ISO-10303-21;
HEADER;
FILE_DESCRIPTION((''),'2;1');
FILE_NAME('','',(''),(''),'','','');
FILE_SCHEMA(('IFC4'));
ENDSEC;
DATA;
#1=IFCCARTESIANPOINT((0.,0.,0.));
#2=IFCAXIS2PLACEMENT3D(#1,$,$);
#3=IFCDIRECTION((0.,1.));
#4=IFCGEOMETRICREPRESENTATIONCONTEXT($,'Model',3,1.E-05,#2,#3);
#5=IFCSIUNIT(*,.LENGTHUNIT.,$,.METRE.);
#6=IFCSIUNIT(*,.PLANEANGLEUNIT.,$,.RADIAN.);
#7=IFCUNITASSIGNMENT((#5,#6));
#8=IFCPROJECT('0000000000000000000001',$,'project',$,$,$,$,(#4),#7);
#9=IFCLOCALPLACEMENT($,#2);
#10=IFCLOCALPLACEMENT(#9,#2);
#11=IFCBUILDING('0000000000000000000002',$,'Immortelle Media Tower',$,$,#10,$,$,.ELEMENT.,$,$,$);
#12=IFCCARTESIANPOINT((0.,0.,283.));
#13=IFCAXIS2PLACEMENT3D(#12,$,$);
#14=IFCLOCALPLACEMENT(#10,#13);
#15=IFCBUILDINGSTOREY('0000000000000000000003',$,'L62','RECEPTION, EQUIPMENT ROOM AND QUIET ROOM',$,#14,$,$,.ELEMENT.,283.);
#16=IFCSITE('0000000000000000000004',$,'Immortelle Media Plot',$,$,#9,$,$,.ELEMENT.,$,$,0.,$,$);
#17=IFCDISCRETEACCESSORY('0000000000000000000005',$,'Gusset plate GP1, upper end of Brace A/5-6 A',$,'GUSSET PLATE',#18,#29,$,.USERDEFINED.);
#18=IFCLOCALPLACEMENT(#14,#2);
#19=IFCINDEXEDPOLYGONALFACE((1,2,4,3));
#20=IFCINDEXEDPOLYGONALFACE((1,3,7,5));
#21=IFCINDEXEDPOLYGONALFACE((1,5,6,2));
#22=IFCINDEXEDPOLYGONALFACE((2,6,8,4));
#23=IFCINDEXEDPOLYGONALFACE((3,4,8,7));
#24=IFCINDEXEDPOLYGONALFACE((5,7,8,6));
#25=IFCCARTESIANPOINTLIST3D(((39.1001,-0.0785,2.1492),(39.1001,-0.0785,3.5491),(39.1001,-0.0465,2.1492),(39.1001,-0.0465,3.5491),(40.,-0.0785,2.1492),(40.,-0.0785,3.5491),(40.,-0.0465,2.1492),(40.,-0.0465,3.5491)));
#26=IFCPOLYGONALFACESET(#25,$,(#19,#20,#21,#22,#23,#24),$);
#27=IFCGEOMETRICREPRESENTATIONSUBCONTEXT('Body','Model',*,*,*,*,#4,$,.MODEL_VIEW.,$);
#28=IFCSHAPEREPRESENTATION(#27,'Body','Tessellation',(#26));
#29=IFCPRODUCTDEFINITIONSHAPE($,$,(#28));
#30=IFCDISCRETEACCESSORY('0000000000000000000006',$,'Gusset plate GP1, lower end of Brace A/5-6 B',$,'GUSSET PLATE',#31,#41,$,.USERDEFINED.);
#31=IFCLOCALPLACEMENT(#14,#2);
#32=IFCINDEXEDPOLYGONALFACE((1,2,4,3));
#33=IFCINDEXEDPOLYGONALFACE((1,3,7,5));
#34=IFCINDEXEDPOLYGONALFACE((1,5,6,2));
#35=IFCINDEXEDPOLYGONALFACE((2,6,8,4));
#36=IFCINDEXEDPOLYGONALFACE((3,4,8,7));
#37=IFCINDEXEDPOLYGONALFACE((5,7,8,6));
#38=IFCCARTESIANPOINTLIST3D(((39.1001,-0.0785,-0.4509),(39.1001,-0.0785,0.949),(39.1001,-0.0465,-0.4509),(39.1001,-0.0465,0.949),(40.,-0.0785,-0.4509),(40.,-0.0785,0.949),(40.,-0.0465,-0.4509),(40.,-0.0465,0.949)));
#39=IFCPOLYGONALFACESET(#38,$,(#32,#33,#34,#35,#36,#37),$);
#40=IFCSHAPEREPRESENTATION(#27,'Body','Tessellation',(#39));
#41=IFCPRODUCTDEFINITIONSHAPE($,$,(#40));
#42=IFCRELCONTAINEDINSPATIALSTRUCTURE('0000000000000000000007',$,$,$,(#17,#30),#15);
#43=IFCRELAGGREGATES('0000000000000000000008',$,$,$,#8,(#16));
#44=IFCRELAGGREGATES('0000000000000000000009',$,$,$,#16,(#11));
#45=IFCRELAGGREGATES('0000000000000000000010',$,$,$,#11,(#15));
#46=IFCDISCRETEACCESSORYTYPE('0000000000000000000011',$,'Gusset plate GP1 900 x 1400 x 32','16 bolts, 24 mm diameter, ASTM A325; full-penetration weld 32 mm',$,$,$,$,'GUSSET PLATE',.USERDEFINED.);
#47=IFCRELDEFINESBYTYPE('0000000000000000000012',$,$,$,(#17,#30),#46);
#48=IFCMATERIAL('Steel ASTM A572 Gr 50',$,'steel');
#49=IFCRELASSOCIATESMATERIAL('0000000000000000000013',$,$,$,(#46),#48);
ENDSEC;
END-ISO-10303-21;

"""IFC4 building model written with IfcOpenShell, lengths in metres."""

from ifc_helpers import new_model, si_unit, direction, frame, origin, origin_2d, place, context, subcontext, project, spatial, rectangle, extrude, material, material_profile, profile_set, type_object, element, save


model = new_model("IFC4")

# Units and contexts
model_context = context("Model", 3, precision=1e-05, world=origin(), true_north=direction((0.0, 1.0)))
body_context = subcontext(model_context, "Body", "Model", "MODEL_VIEW")
ifc_project = project(units=[si_unit("LENGTHUNIT", "METRE"), si_unit("PLANEANGLEUNIT", "RADIAN")], contexts=[model_context])

# Site, building, storey
site_placement = place(None, origin())
site = spatial("IfcSite", under=ifc_project, at=site_placement, Name="Immortelle Media Plot", CompositionType="ELEMENT", RefElevation=0.0)
building_placement = place(site_placement, origin())
building = spatial("IfcBuilding", under=site, at=building_placement, Name="Immortelle Media Tower", CompositionType="ELEMENT")
storey_placement = place(building_placement, frame((0.0, 0.0, 283.0)))
storey = spatial("IfcBuildingStorey", under=building, at=storey_placement, Name="L62", Description="RECEPTION, EQUIPMENT ROOM AND QUIET ROOM", CompositionType="ELEMENT", Elevation=283.0)

# Discrete accessories
ifc_material_1 = material(Name="Steel ASTM A572 Gr 50", Category="steel")
ifc_material_profile_1 = material_profile(ifc_material_1, rectangle(XDim=0.032, YDim=1.3999, at=origin_2d()), Name="PL 32 x 1400")
ifc_profile_set_1 = profile_set([ifc_material_profile_1], Name="Steel ASTM A572 Gr 50")
discrete_accessory_type_1 = type_object("IfcDiscreteAccessoryType", Name="Gusset plate GP1 900 x 1400 x 32", Description="16 bolts, 24 mm diameter, ASTM A325; full-penetration weld 32 mm", ElementType="GUSSET PLATE", PredefinedType="USERDEFINED", material=ifc_profile_set_1)
for number, where, z_axis, x_axis, name in (
    (1, (40.0, -0.0625, 2.8491), (-1.0, 0.0, 0.0), (0.0, -1.0, 0.0), "Gusset plate GP1, upper end of Brace A/5-6 A"),
    (2, (40.0, -0.0625, 0.249), (-1.0, 0.0, 0.0), (0.0, -1.0, 0.0), "Gusset plate GP1, lower end of Brace A/5-6 B"),
):
    element("IfcDiscreteAccessory", number, at=place(storey_placement, frame(where, z_axis=z_axis, x_axis=x_axis)), inside=storey, type_object=discrete_accessory_type_1, Name=name, ObjectType="GUSSET PLATE", PredefinedType="USERDEFINED", context=body_context, shape_type="SweptSolid", body=[
        extrude(rectangle(XDim=0.032, YDim=1.3999, at=origin_2d()), origin(), (0.0, 0.0, 1.0), 0.8999),
    ])

save(model, "model.ifc")
